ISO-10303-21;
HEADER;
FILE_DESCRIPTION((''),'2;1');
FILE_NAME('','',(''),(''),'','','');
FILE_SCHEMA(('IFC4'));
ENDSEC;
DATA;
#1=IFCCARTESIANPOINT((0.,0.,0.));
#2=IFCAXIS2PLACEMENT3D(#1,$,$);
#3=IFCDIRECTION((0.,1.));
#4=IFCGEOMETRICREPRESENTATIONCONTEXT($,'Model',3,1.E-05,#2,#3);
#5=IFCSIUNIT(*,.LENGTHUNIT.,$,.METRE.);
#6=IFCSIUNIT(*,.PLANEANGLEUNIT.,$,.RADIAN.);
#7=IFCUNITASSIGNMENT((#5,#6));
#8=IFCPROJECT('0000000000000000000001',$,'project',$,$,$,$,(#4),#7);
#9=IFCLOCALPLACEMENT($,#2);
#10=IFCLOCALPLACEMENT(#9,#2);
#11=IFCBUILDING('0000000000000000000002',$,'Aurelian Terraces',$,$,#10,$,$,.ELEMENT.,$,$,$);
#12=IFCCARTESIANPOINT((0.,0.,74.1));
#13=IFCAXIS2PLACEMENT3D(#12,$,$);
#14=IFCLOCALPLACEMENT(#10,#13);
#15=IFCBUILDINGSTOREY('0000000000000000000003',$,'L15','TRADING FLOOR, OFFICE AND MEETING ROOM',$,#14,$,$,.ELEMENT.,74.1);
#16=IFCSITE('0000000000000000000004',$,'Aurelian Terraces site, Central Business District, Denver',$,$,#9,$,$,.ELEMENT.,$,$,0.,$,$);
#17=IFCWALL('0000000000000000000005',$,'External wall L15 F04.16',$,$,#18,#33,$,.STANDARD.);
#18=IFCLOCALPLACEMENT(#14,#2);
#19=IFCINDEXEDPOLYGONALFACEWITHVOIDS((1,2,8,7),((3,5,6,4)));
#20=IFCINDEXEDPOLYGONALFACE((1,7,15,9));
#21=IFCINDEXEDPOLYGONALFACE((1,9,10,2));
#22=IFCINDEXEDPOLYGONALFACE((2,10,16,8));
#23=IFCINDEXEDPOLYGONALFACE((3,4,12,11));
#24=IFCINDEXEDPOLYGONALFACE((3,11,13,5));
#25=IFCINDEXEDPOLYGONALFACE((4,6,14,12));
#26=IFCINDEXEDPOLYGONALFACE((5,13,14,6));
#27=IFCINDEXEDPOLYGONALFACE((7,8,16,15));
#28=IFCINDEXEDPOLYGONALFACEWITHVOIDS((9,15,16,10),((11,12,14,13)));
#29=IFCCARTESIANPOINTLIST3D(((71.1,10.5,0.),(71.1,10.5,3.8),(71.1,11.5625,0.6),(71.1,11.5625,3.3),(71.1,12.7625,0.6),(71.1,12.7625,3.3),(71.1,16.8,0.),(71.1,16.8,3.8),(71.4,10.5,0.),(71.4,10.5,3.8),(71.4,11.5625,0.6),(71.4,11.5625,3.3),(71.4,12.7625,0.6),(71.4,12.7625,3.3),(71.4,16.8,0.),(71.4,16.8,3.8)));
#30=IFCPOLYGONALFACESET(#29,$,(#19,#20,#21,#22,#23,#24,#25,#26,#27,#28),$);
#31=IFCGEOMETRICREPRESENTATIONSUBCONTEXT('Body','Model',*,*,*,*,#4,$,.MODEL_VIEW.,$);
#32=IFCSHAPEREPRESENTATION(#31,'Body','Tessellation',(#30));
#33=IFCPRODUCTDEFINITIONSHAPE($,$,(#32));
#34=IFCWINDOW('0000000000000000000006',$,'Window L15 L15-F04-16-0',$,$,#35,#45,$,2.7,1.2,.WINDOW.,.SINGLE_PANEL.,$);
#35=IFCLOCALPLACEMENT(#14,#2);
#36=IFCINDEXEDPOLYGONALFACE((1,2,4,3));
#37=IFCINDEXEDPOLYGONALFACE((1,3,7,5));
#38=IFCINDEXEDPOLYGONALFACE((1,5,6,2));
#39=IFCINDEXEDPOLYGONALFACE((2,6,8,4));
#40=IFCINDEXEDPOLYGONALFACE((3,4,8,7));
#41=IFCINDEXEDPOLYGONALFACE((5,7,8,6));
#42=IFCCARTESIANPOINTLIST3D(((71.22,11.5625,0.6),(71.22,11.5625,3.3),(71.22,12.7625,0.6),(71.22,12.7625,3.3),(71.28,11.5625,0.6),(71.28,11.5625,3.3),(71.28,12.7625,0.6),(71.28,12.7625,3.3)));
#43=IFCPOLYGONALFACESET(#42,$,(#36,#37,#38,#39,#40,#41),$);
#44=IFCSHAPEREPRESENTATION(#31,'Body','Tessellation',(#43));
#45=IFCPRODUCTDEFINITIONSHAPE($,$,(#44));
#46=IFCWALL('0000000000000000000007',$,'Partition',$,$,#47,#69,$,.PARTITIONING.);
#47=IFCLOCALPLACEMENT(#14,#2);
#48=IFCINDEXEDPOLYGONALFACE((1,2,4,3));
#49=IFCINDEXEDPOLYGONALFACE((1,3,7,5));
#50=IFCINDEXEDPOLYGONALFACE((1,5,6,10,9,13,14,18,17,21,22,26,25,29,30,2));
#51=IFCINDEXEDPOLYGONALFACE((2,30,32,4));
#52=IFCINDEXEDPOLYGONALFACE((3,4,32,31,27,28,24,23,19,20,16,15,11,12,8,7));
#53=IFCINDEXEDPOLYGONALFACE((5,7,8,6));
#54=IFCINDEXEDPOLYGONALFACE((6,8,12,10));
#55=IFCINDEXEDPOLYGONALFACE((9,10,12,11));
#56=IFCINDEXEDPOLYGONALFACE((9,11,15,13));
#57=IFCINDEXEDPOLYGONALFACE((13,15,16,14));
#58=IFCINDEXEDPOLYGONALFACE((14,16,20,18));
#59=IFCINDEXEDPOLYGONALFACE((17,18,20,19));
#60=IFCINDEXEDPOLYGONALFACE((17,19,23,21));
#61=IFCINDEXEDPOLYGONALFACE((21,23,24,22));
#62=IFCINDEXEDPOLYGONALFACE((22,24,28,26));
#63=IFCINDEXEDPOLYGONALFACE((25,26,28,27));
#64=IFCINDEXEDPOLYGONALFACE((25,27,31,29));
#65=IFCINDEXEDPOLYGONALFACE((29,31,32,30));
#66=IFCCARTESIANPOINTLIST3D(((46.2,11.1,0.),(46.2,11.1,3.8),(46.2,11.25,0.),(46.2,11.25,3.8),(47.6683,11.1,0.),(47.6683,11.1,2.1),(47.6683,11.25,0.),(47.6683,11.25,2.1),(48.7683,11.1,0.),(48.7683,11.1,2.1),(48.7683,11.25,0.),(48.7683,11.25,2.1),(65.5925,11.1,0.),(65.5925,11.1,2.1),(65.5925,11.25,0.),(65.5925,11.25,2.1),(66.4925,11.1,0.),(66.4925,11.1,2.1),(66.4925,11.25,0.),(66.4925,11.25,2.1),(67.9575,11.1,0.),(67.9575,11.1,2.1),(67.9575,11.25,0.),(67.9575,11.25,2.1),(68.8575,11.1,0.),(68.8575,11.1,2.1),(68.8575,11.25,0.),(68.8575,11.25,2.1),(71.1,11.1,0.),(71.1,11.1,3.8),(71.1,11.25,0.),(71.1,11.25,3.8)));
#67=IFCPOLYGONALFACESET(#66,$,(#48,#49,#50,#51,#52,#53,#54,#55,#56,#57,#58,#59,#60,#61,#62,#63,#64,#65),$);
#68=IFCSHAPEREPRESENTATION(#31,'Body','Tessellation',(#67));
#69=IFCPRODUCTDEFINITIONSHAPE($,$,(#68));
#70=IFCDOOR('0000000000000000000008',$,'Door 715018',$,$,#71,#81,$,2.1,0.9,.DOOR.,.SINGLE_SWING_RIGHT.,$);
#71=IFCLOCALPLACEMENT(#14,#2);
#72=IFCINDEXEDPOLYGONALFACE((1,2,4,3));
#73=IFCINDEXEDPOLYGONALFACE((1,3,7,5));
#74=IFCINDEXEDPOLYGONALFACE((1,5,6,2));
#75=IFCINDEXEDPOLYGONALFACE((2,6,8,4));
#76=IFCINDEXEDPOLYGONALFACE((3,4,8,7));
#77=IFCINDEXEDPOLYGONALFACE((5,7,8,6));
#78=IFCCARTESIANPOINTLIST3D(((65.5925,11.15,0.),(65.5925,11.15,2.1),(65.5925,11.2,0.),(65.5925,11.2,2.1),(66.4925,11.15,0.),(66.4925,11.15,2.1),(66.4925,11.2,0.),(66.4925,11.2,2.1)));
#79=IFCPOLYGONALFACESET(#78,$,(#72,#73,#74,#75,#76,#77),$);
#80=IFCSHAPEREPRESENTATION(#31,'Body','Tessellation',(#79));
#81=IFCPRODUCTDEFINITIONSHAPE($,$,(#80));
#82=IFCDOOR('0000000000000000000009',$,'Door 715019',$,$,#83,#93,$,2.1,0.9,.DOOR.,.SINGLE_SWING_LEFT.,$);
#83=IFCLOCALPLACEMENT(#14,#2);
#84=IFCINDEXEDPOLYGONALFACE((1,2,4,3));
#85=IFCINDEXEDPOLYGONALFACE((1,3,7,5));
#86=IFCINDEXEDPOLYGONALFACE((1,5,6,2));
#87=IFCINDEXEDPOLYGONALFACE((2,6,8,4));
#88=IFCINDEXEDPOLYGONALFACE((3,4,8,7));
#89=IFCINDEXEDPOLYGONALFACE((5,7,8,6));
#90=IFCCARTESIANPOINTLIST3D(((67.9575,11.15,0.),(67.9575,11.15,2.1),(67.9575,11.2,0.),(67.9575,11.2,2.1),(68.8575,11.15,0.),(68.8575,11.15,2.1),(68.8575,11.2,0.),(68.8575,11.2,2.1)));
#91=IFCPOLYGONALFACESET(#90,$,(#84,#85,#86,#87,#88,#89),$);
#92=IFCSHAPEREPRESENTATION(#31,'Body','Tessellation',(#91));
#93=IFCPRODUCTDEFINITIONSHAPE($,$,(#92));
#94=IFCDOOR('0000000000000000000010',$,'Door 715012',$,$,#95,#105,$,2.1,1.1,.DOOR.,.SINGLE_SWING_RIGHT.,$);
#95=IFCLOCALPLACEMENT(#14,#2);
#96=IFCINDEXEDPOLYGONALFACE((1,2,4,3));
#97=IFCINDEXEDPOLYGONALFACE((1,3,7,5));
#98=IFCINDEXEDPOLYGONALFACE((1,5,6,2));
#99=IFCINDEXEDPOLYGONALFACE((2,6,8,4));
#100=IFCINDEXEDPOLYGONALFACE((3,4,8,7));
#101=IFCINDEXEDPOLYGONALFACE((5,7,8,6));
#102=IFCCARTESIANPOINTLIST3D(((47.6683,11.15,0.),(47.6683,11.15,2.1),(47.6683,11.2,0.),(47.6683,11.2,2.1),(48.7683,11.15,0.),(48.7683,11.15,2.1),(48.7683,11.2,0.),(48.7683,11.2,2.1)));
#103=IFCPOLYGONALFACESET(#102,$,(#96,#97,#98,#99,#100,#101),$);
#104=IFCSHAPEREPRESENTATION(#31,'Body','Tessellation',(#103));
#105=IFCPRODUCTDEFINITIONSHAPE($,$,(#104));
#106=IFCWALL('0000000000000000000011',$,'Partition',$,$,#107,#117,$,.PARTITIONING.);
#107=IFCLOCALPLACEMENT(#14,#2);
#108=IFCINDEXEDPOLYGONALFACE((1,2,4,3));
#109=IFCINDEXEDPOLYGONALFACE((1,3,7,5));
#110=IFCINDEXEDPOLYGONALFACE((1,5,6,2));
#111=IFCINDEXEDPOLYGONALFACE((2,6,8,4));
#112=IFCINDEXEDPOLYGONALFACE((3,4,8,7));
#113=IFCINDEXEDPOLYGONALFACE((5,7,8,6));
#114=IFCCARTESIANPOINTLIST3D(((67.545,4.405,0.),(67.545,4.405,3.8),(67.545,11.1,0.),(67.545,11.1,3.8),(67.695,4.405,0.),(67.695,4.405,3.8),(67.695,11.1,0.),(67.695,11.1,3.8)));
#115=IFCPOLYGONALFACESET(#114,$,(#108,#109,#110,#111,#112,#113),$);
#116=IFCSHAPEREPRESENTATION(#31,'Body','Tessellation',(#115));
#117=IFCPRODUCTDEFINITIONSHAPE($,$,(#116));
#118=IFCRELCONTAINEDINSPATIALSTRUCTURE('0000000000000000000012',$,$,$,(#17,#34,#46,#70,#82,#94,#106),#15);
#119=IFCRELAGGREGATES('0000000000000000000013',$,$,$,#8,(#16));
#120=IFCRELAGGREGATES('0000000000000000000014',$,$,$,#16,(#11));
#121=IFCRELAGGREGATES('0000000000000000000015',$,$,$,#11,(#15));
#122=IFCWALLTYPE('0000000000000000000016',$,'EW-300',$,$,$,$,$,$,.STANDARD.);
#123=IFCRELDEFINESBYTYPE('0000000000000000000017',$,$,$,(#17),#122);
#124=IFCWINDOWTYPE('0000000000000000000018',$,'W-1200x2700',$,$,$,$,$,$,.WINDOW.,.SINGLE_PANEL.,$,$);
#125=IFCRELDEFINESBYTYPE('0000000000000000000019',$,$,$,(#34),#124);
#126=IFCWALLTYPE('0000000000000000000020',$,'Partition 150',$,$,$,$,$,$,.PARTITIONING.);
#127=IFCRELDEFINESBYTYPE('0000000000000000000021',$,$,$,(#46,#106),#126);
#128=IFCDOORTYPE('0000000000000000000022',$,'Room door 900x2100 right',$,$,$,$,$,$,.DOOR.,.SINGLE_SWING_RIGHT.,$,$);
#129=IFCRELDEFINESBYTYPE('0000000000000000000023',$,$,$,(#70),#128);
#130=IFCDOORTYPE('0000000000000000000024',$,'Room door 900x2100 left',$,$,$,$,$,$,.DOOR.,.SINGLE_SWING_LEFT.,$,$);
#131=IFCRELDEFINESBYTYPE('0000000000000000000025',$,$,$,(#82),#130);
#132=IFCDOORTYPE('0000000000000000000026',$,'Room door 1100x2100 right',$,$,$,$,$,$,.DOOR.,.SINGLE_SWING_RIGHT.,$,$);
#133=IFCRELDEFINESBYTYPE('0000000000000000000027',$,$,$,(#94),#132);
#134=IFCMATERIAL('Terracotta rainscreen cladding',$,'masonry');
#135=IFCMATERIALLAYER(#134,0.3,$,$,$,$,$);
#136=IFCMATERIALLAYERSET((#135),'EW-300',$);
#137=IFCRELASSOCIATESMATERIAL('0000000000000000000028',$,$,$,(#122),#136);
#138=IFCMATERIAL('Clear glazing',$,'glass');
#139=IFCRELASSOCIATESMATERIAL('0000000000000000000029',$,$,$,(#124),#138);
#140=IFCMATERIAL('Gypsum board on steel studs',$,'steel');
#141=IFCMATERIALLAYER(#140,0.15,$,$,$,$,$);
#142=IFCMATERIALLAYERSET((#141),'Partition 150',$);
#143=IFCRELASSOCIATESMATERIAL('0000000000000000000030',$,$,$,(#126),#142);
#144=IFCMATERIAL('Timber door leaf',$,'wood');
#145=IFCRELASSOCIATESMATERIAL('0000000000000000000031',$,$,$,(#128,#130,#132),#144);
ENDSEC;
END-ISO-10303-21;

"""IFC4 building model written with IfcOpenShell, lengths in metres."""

from ifc_helpers import new_model, si_unit, direction, frame, frame_2d, origin, place, context, subcontext, project, spatial, rectangle, extrude, source, transform, mapped, material, layer, layer_set, type_object, element, fill, save


model = new_model("IFC4")

# Units and contexts
model_context = context("Model", 3, precision=1e-05, world=origin(), true_north=direction((0.0, 1.0)))
body_context = subcontext(model_context, "Body", "Model", "MODEL_VIEW")
ifc_project = project(units=[si_unit("LENGTHUNIT", "METRE"), si_unit("PLANEANGLEUNIT", "RADIAN")], contexts=[model_context])

# Site, building, storey
site_placement = place(None, origin())
site = spatial("IfcSite", under=ifc_project, at=site_placement, Name="Aurelian Terraces site, Central Business District, Denver", CompositionType="ELEMENT", RefElevation=0.0)
building_placement = place(site_placement, origin())
building = spatial("IfcBuilding", under=site, at=building_placement, Name="Aurelian Terraces", CompositionType="ELEMENT")
storey_placement = place(building_placement, frame((0.0, 0.0, 74.1)))
storey = spatial("IfcBuildingStorey", under=building, at=storey_placement, Name="L15", Description="TRADING FLOOR, OFFICE AND MEETING ROOM", CompositionType="ELEMENT", Elevation=74.1)

# Shared definitions
ifc_material_1 = material(Name="Terracotta rainscreen cladding", Category="masonry")
ifc_layer_1 = layer(ifc_material_1, 0.3)
ifc_layer_set_1 = layer_set([ifc_layer_1], Name="EW-300")
wall_type_1 = type_object("IfcWallType", Name="EW-300", PredefinedType="STANDARD", material=ifc_layer_set_1)

# Shared definitions
shared_shape_1 = source(origin(), body_context, "Body", "SweptSolid", [
    extrude(rectangle(XDim=1.2, YDim=2.7, at=frame_2d((0.6, 1.35))), frame((0.0, 0.16, 0.0), z_axis=(0.0, -1.0, 0.0), x_axis=(1.0, 0.0, 0.0)), (0.0, 0.0, 1.0), 0.32),
])
ifc_material_2 = material(Name="Clear glazing", Category="glass")
window_type_1 = type_object("IfcWindowType", Name="W-1200x2700", PartitioningType="SINGLE_PANEL", PredefinedType="WINDOW", material=ifc_material_2)
shared_shape_2 = source(origin(), body_context, "Body", "SweptSolid", [
    extrude(rectangle(XDim=1.2, YDim=2.7, at=frame_2d((0.6, 1.35))), frame((0.0, 0.03, 0.0), z_axis=(0.0, -1.0, 0.0), x_axis=(1.0, 0.0, 0.0)), (0.0, 0.0, 1.0), 0.06),
])

# Shared definitions
shared_shape_3 = source(origin(), body_context, "Body", "SweptSolid", [
    extrude(rectangle(XDim=6.3, YDim=0.3, at=frame_2d((3.15, 0.0))), origin(), (0.0, 0.0, 1.0), 3.8),
])

# Wall, opening, window
wall_1_placement = place(storey_placement, frame((71.25, 10.5, 0.0), z_axis=(0.0, 0.0, 1.0), x_axis=(0.0, 1.0, 0.0)))
wall_1 = element("IfcWall", 1, at=wall_1_placement, inside=storey, type_object=wall_type_1, Name="External wall L15 F04.16", PredefinedType="STANDARD", context=body_context, shape_type="MappedRepresentation", body=[
    mapped(shared_shape_3, transform((0.0, 0.0, 0.0), scale=1.0)),
])
opening_1_placement = place(wall_1_placement, frame((1.0625, 0.0, 0.6)))
opening_1 = element("IfcOpeningElement", 2, at=opening_1_placement, cuts=wall_1, PredefinedType="OPENING", context=body_context, shape_type="MappedRepresentation", body=[
    mapped(shared_shape_1, transform((0.0, 0.0, 0.0), scale=1.0)),
])
window_1_placement = place(opening_1_placement, origin())
window_1 = element("IfcWindow", 3, at=window_1_placement, inside=storey, type_object=window_type_1, Name="Window L15 L15-F04-16-0", OverallHeight=2.7, OverallWidth=1.2, PartitioningType="SINGLE_PANEL", PredefinedType="WINDOW", context=body_context, shape_type="MappedRepresentation", body=[
    mapped(shared_shape_2, transform((0.0, 0.0, 0.0), scale=1.0)),
])
fill(opening_1, window_1)

# Wall, openings, doors
ifc_material_3 = material(Name="Gypsum board on steel studs", Category="steel")
ifc_layer_2 = layer(ifc_material_3, 0.15)
ifc_layer_set_2 = layer_set([ifc_layer_2], Name="Partition 150")
wall_type_2 = type_object("IfcWallType", Name="Partition 150", PredefinedType="PARTITIONING", material=ifc_layer_set_2)
shared_shape_4 = source(origin(), body_context, "Body", "SweptSolid", [
    extrude(rectangle(XDim=24.9, YDim=0.15, at=frame_2d((12.45, 0.0))), origin(), (0.0, 0.0, 1.0), 3.8),
])
wall_2_placement = place(storey_placement, frame((71.1, 11.175, 0.0), z_axis=(0.0, 0.0, 1.0), x_axis=(-1.0, 0.0, 0.0)))
wall_2 = element("IfcWall", 4, at=wall_2_placement, inside=storey, type_object=wall_type_2, Name="Partition", PredefinedType="PARTITIONING", context=body_context, shape_type="MappedRepresentation", body=[
    mapped(shared_shape_4, transform((0.0, 0.0, 0.0), scale=1.0)),
])
shared_shape_5 = source(origin(), body_context, "Body", "SweptSolid", [
    extrude(rectangle(XDim=1.1, YDim=2.1, at=frame_2d((0.55, 1.05))), frame((0.0, 0.085, 0.0), z_axis=(0.0, -1.0, 0.0), x_axis=(1.0, 0.0, 0.0)), (0.0, 0.0, 1.0), 0.17),
])
opening_2_placement = place(wall_2_placement, frame((22.3317, 0.0, 0.0)))
opening_2 = element("IfcOpeningElement", 5, at=opening_2_placement, cuts=wall_2, PredefinedType="OPENING", context=body_context, shape_type="MappedRepresentation", body=[
    mapped(shared_shape_5, transform((0.0, 0.0, 0.0), scale=1.0)),
])
shared_shape_6 = source(origin(), body_context, "Body", "SweptSolid", [
    extrude(rectangle(XDim=0.9, YDim=2.1, at=frame_2d((0.45, 1.05))), frame((0.0, 0.085, 0.0), z_axis=(0.0, -1.0, 0.0), x_axis=(1.0, 0.0, 0.0)), (0.0, 0.0, 1.0), 0.17),
])
opening_3_placement = place(wall_2_placement, frame((4.6075, 0.0, 0.0)))
opening_3 = element("IfcOpeningElement", 6, at=opening_3_placement, cuts=wall_2, PredefinedType="OPENING", context=body_context, shape_type="MappedRepresentation", body=[
    mapped(shared_shape_6, transform((0.0, 0.0, 0.0), scale=1.0)),
])
opening_4_placement = place(wall_2_placement, frame((2.2425, 0.0, 0.0)))
opening_4 = element("IfcOpeningElement", 7, at=opening_4_placement, cuts=wall_2, PredefinedType="OPENING", context=body_context, shape_type="MappedRepresentation", body=[
    mapped(shared_shape_6, transform((0.0, 0.0, 0.0), scale=1.0)),
])
ifc_material_4 = material(Name="Timber door leaf", Category="wood")
door_type_1 = type_object("IfcDoorType", Name="Room door 900x2100 right", OperationType="SINGLE_SWING_RIGHT", PredefinedType="DOOR", material=ifc_material_4)
shared_shape_7 = source(origin(), body_context, "Body", "SweptSolid", [
    extrude(rectangle(XDim=0.9, YDim=2.1, at=frame_2d((0.45, 1.05))), frame((0.0, 0.025, 0.0), z_axis=(0.0, -1.0, 0.0), x_axis=(1.0, 0.0, 0.0)), (0.0, 0.0, 1.0), 0.05),
])
door_1_placement = place(opening_3_placement, origin())
door_1 = element("IfcDoor", 8, at=door_1_placement, inside=storey, type_object=door_type_1, Name="Door 715018", OperationType="SINGLE_SWING_RIGHT", OverallHeight=2.1, OverallWidth=0.9, PredefinedType="DOOR", context=body_context, shape_type="MappedRepresentation", body=[
    mapped(shared_shape_7, transform((0.0, 0.0, 0.0), scale=1.0)),
])
fill(opening_3, door_1)
door_type_2 = type_object("IfcDoorType", Name="Room door 900x2100 left", OperationType="SINGLE_SWING_LEFT", PredefinedType="DOOR", material=ifc_material_4)
door_2_placement = place(opening_4_placement, origin())
door_2 = element("IfcDoor", 9, at=door_2_placement, inside=storey, type_object=door_type_2, Name="Door 715019", OperationType="SINGLE_SWING_LEFT", OverallHeight=2.1, OverallWidth=0.9, PredefinedType="DOOR", context=body_context, shape_type="MappedRepresentation", body=[
    mapped(shared_shape_7, transform((0.0, 0.0, 0.0), scale=1.0)),
])
fill(opening_4, door_2)
door_type_3 = type_object("IfcDoorType", Name="Room door 1100x2100 right", OperationType="SINGLE_SWING_RIGHT", PredefinedType="DOOR", material=ifc_material_4)
shared_shape_8 = source(origin(), body_context, "Body", "SweptSolid", [
    extrude(rectangle(XDim=1.1, YDim=2.1, at=frame_2d((0.55, 1.05))), frame((0.0, 0.025, 0.0), z_axis=(0.0, -1.0, 0.0), x_axis=(1.0, 0.0, 0.0)), (0.0, 0.0, 1.0), 0.05),
])
door_3_placement = place(opening_2_placement, origin())
door_3 = element("IfcDoor", 10, at=door_3_placement, inside=storey, type_object=door_type_3, Name="Door 715012", OperationType="SINGLE_SWING_RIGHT", OverallHeight=2.1, OverallWidth=1.1, PredefinedType="DOOR", context=body_context, shape_type="MappedRepresentation", body=[
    mapped(shared_shape_8, transform((0.0, 0.0, 0.0), scale=1.0)),
])
fill(opening_2, door_3)

# Wall
shared_shape_9 = source(origin(), body_context, "Body", "SweptSolid", [
    extrude(rectangle(XDim=6.695, YDim=0.15, at=frame_2d((3.3475, 0.0))), origin(), (0.0, 0.0, 1.0), 3.8),
])
wall_3_placement = place(storey_placement, frame((67.62, 4.405, 0.0), z_axis=(0.0, 0.0, 1.0), x_axis=(0.0, 1.0, 0.0)))
element("IfcWall", 11, at=wall_3_placement, inside=storey, type_object=wall_type_2, Name="Partition", PredefinedType="PARTITIONING", context=body_context, shape_type="MappedRepresentation", body=[
    mapped(shared_shape_9, transform((0.0, 0.0, 0.0), scale=1.0)),
])

save(model, "model.ifc")
